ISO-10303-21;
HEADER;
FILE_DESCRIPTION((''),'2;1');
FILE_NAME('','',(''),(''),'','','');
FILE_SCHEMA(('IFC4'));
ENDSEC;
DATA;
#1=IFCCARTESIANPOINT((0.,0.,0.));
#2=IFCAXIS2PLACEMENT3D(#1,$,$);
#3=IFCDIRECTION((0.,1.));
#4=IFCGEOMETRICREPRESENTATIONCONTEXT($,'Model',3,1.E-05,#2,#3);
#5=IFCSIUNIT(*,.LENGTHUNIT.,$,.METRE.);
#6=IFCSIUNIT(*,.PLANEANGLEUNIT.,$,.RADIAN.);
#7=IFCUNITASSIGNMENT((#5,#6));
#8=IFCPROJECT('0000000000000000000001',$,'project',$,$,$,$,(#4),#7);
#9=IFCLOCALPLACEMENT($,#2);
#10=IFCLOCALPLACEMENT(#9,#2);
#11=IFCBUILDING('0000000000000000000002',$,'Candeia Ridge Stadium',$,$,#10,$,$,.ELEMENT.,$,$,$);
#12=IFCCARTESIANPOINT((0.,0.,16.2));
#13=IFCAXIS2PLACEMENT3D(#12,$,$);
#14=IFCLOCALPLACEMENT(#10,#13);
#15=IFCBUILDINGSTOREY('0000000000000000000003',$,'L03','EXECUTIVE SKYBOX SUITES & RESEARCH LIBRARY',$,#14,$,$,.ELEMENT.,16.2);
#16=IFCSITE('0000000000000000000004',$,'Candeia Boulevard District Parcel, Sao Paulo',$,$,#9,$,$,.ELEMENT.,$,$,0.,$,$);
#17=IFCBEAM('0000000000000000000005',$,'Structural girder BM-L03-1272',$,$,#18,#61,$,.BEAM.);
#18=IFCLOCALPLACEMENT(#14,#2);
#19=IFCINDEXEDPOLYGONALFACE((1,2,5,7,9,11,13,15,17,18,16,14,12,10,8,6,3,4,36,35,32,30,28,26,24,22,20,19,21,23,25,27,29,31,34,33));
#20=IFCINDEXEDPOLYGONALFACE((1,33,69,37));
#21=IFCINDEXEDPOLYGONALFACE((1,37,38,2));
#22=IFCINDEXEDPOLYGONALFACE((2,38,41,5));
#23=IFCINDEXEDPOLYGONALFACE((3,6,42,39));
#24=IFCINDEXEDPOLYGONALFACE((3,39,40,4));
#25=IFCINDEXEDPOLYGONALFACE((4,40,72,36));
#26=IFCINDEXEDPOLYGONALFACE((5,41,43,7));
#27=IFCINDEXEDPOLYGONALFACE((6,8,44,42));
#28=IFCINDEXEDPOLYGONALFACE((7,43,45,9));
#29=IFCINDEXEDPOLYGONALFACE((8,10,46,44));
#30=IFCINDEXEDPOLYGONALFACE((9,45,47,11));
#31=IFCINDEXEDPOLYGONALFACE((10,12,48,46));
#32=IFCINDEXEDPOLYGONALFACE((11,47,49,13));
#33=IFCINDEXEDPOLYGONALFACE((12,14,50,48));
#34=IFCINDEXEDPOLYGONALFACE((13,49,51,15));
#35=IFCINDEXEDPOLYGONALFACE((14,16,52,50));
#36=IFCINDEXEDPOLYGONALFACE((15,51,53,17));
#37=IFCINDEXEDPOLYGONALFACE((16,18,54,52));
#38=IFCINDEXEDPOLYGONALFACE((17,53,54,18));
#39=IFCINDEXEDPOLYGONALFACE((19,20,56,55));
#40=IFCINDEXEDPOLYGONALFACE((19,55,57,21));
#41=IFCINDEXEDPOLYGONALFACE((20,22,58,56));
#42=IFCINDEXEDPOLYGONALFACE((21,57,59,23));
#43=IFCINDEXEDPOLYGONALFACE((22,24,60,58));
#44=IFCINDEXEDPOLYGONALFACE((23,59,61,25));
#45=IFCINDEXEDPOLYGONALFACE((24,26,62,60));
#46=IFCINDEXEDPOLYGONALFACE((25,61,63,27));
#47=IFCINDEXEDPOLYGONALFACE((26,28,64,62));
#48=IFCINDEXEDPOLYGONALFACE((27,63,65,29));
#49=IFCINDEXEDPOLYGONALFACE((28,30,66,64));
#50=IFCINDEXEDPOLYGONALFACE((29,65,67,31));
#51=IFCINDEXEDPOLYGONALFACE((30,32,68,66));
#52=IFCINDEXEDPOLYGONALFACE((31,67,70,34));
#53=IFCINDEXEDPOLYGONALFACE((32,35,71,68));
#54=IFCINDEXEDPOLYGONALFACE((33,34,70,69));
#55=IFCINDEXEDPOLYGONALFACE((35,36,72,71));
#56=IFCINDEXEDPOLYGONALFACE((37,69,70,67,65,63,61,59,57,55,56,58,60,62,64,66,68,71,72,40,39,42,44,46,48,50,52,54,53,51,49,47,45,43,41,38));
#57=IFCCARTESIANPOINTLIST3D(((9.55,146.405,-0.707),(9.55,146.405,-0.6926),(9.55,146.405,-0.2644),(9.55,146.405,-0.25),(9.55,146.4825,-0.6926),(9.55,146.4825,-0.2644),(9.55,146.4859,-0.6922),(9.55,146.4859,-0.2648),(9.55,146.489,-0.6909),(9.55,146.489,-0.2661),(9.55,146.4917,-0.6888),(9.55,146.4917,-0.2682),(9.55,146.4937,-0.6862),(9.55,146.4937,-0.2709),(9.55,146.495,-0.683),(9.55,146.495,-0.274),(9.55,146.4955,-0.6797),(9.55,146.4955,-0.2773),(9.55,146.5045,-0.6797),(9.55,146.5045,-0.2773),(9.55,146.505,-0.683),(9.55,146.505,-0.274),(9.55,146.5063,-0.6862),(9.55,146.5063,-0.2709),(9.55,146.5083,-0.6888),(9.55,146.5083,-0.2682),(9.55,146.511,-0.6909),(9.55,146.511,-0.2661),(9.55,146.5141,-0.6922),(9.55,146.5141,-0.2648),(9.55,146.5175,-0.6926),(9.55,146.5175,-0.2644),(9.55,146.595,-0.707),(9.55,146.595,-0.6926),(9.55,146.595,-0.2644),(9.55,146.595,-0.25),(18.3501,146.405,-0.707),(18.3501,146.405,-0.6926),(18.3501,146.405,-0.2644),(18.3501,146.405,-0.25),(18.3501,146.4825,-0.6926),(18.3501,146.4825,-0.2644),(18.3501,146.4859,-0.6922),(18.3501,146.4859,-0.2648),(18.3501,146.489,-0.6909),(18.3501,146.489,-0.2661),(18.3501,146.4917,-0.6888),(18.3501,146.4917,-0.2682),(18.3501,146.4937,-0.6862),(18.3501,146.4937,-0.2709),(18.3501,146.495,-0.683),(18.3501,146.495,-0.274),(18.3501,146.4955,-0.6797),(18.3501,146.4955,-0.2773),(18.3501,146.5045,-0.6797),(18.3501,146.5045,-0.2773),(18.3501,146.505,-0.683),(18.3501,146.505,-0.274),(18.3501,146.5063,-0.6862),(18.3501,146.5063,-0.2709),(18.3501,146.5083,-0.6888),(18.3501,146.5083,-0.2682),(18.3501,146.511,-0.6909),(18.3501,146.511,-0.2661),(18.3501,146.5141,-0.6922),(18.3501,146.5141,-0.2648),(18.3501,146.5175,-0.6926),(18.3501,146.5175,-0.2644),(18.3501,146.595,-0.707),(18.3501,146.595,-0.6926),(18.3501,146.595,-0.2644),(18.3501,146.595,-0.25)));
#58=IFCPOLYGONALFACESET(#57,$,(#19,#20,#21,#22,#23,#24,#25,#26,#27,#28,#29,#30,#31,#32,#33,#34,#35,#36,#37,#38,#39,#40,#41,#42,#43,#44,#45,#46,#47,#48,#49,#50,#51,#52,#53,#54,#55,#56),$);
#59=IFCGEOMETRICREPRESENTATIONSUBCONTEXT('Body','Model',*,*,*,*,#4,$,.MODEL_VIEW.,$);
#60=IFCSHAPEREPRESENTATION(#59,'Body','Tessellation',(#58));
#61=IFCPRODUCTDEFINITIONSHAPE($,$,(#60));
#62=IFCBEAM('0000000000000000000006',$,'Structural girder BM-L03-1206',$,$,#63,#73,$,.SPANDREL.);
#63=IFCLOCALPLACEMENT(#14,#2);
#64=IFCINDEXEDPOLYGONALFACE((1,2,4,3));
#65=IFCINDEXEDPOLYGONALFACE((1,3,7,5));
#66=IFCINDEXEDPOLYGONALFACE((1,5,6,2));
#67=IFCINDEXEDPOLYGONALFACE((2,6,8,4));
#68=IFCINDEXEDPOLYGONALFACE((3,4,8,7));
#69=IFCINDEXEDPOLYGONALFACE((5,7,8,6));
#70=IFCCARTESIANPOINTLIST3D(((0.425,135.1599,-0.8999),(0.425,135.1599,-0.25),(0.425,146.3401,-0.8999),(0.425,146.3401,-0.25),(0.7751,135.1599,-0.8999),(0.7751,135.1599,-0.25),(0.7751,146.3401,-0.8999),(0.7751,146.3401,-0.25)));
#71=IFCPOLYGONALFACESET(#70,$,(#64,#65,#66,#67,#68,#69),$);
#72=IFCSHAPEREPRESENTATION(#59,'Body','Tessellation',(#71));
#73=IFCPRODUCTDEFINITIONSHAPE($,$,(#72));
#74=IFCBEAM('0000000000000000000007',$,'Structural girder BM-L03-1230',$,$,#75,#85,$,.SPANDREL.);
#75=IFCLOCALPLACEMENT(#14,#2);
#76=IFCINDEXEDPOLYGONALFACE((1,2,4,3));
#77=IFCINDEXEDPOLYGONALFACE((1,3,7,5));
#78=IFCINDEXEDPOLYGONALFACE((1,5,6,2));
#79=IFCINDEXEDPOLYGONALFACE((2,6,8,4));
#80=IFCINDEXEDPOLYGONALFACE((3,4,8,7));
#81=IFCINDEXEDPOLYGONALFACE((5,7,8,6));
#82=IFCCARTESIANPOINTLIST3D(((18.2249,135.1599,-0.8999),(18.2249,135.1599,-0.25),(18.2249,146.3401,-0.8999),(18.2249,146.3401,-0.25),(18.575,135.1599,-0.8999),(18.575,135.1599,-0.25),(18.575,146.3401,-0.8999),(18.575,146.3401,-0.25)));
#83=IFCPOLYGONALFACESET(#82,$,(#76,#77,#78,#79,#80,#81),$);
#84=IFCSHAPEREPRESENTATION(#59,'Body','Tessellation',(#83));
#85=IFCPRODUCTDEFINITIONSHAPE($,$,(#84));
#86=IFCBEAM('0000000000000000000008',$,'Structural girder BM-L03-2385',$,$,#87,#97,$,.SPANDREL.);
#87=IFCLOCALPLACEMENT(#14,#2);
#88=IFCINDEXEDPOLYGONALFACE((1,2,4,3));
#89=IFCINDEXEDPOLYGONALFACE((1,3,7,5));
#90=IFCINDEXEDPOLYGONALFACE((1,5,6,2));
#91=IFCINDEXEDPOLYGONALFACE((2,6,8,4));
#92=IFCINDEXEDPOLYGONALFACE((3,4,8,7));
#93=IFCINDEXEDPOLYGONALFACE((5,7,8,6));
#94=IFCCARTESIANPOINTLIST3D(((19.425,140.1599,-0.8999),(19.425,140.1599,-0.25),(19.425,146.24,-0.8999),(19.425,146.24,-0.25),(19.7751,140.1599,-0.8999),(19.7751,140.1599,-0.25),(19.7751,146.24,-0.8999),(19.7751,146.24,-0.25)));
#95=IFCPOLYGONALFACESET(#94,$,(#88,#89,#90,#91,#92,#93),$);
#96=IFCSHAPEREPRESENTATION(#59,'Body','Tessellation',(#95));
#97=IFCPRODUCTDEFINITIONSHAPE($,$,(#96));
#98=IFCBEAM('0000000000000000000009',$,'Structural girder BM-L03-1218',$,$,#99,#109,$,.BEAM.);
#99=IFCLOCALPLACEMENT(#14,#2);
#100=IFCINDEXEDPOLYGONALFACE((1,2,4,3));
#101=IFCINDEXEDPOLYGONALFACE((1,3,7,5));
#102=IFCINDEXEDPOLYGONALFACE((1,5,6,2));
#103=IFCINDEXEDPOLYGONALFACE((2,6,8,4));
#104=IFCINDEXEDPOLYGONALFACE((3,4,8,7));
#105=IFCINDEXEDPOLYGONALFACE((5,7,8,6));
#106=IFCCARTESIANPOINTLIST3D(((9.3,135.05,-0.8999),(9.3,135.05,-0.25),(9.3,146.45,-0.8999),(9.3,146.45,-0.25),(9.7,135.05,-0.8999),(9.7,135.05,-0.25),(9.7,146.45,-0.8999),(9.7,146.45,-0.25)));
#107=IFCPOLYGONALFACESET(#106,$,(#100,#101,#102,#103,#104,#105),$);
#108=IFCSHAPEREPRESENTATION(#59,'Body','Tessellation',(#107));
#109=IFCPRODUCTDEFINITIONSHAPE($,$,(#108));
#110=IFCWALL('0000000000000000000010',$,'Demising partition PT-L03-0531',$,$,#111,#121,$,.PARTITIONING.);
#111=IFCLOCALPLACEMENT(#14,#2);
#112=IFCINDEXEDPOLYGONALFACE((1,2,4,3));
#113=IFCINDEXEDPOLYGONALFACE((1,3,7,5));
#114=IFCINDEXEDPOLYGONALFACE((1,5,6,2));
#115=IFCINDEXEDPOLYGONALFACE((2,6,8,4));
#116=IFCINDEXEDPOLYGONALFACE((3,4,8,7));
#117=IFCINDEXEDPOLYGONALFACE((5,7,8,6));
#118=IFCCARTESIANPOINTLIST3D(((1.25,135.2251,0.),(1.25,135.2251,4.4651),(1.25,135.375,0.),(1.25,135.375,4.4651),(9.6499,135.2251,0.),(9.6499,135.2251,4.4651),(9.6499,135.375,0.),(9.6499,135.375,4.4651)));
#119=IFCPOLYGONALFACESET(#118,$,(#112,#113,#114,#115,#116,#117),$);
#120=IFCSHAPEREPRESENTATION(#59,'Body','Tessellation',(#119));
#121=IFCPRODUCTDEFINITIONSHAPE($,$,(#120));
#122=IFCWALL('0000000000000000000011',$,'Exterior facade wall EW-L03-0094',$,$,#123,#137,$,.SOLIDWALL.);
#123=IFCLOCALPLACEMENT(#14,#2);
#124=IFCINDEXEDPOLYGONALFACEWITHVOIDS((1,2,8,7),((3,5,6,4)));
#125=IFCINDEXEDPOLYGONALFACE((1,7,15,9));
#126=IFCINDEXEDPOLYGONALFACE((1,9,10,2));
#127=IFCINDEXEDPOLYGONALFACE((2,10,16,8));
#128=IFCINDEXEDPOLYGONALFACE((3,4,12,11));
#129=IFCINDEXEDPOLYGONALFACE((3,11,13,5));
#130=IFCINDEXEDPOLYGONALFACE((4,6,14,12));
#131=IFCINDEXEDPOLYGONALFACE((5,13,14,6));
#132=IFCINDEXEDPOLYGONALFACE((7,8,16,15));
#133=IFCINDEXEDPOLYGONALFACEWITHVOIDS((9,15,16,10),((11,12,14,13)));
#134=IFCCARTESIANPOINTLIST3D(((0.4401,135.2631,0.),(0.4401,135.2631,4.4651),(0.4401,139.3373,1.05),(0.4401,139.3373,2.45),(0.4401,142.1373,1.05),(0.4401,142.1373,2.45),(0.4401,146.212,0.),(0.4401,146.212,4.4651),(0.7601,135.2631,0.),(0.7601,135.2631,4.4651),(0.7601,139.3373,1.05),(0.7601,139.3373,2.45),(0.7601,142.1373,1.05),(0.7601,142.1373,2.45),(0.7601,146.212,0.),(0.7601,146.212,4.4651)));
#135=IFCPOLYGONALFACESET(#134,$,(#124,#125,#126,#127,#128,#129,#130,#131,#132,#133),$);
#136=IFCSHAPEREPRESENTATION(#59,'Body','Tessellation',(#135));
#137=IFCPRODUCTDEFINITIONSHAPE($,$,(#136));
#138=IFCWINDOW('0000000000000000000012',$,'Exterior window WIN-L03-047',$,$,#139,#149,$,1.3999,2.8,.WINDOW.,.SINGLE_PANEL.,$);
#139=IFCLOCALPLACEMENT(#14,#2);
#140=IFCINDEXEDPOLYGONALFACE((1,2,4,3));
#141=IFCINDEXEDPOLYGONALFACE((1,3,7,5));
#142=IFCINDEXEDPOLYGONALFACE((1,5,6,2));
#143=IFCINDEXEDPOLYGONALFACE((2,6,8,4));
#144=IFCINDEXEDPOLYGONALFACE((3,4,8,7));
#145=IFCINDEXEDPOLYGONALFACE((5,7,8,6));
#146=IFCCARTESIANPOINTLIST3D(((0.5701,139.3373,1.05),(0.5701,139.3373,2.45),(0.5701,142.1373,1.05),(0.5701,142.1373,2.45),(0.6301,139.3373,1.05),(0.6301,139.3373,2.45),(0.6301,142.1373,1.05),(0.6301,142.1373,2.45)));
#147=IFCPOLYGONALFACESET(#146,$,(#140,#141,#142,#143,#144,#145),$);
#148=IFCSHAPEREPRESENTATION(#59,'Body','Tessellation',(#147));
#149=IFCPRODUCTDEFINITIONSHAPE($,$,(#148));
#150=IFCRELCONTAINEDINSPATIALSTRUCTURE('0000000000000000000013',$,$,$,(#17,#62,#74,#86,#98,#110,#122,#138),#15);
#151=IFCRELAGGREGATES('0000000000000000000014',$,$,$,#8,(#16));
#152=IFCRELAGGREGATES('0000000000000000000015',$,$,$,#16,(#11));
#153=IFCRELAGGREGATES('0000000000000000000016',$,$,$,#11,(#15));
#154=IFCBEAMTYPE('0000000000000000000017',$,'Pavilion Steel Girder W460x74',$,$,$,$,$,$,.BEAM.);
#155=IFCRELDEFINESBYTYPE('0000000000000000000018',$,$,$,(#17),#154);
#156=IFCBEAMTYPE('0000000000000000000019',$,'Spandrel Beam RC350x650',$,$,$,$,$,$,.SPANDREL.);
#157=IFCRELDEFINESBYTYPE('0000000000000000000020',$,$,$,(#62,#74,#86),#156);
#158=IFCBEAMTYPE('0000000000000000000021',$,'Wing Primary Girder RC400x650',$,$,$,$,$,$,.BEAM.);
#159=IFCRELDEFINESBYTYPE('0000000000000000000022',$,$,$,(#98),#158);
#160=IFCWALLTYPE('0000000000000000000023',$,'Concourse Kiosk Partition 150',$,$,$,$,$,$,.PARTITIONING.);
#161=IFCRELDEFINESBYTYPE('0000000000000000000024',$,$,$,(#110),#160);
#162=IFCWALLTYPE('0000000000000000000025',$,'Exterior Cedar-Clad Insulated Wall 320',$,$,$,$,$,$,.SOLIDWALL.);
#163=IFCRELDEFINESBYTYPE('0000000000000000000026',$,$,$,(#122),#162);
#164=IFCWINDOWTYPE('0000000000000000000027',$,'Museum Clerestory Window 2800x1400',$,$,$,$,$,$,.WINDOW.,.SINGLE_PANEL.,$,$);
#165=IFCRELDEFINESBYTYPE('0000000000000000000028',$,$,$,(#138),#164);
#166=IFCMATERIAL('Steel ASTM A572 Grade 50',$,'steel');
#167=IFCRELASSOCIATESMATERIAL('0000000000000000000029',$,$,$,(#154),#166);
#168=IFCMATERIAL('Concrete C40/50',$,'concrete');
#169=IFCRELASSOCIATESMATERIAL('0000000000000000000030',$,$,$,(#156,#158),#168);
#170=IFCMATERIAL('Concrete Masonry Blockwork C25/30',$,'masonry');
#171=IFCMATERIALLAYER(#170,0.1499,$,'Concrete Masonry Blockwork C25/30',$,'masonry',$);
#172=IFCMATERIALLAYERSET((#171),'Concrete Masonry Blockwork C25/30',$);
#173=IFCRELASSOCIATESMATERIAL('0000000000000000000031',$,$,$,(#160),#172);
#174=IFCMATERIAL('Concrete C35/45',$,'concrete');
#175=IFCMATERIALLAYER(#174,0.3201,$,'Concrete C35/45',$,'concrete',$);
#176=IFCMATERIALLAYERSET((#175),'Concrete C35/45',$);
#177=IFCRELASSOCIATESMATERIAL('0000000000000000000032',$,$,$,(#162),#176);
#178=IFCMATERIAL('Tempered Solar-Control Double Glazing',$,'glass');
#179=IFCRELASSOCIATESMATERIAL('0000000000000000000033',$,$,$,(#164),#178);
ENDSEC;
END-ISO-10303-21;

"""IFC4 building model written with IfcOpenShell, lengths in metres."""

from ifc_helpers import new_model, si_unit, direction, frame, frame_2d, origin, origin_2d, place, context, subcontext, project, spatial, rectangle, i_section, extrude, material, layer, layer_set, material_profile, profile_set, type_object, element, fill, save


model = new_model("IFC4")

# Units and contexts
model_context = context("Model", 3, precision=1e-05, world=origin(), true_north=direction((0.0, 1.0)))
body_context = subcontext(model_context, "Body", "Model", "MODEL_VIEW")
ifc_project = project(units=[si_unit("LENGTHUNIT", "METRE"), si_unit("PLANEANGLEUNIT", "RADIAN")], contexts=[model_context])

# Site, building, storey
site_placement = place(None, origin())
site = spatial("IfcSite", under=ifc_project, at=site_placement, Name="Candeia Boulevard District Parcel, Sao Paulo", CompositionType="ELEMENT", RefElevation=0.0)
building_placement = place(site_placement, origin())
building = spatial("IfcBuilding", under=site, at=building_placement, Name="Candeia Ridge Stadium", CompositionType="ELEMENT")
storey_placement = place(building_placement, frame((0.0, 0.0, 16.2)))
storey = spatial("IfcBuildingStorey", under=building, at=storey_placement, Name="L03", Description="EXECUTIVE SKYBOX SUITES & RESEARCH LIBRARY", CompositionType="ELEMENT", Elevation=16.2)

# Shared definitions
ifc_material_1 = material(Name="Concrete C40/50", Category="concrete")

# Beams
ifc_material_2 = material(Name="Steel ASTM A572 Grade 50", Category="steel")
ifc_material_profile_1 = material_profile(ifc_material_2, i_section(OverallWidth=0.1899, OverallDepth=0.457, WebThickness=0.009, FlangeThickness=0.0144, FilletRadius=0.0129, at=origin_2d()), Name="W460x74", Category="steel")
ifc_profile_set_1 = profile_set([ifc_material_profile_1], Name="Steel ASTM A572 Grade 50")
beam_type_1 = type_object("IfcBeamType", Name="Pavilion Steel Girder W460x74", PredefinedType="BEAM", material=ifc_profile_set_1)
for number, where, z_axis, x_axis, name in (
    (1, (9.55, 146.5, -0.4785), (1.0, 0.0, 0.0), (0.0, 1.0, 0.0), "Structural girder BM-L03-1272"),
):
    element("IfcBeam", number, at=place(storey_placement, frame(where, z_axis=z_axis, x_axis=x_axis)), inside=storey, type_object=beam_type_1, Name=name, PredefinedType="BEAM", context=body_context, shape_type="SweptSolid", body=[
        extrude(i_section(OverallWidth=0.1899, OverallDepth=0.457, WebThickness=0.009, FlangeThickness=0.0144, FilletRadius=0.0129, at=origin_2d()), origin(), (0.0, 0.0, 1.0), 8.8),
    ])
ifc_material_profile_2 = material_profile(ifc_material_1, rectangle(XDim=0.3501, YDim=0.6499, at=origin_2d()), Name="RC350x650", Category="concrete")
ifc_profile_set_2 = profile_set([ifc_material_profile_2], Name="Concrete C40/50")
beam_type_2 = type_object("IfcBeamType", Name="Spandrel Beam RC350x650", PredefinedType="SPANDREL", material=ifc_profile_set_2)
for number, where, z_axis, x_axis, name in (
    (2, (0.6001, 135.1599, -0.575), (0.0, 1.0, 0.0), (-1.0, 0.0, 0.0), "Structural girder BM-L03-1206"),
    (3, (18.3999, 135.1599, -0.575), (0.0, 1.0, 0.0), (-1.0, 0.0, 0.0), "Structural girder BM-L03-1230"),
):
    element("IfcBeam", number, at=place(storey_placement, frame(where, z_axis=z_axis, x_axis=x_axis)), inside=storey, type_object=beam_type_2, Name=name, PredefinedType="SPANDREL", context=body_context, shape_type="SweptSolid", body=[
        extrude(rectangle(XDim=0.3501, YDim=0.6499, at=origin_2d()), origin(), (0.0, 0.0, 1.0), 11.1802),
    ])
beam_1_placement = place(storey_placement, frame((19.6001, 140.1599, -0.575), z_axis=(0.0, 1.0, 0.0), x_axis=(-1.0, 0.0, 0.0)))
element("IfcBeam", 4, at=beam_1_placement, inside=storey, type_object=beam_type_2, Name="Structural girder BM-L03-2385", PredefinedType="SPANDREL", context=body_context, shape_type="SweptSolid", body=[
    extrude(rectangle(XDim=0.3501, YDim=0.6499, at=origin_2d()), origin(), (0.0, 0.0, 1.0), 6.0801),
])
ifc_material_profile_3 = material_profile(ifc_material_1, rectangle(XDim=0.3999, YDim=0.6499, at=origin_2d()), Name="RC400x650", Category="concrete")
ifc_profile_set_3 = profile_set([ifc_material_profile_3], Name="Concrete C40/50")
beam_type_3 = type_object("IfcBeamType", Name="Wing Primary Girder RC400x650", PredefinedType="BEAM", material=ifc_profile_set_3)
beam_2_placement = place(storey_placement, frame((9.5, 135.05, -0.575), z_axis=(0.0, 1.0, 0.0), x_axis=(-1.0, 0.0, 0.0)))
element("IfcBeam", 5, at=beam_2_placement, inside=storey, type_object=beam_type_3, Name="Structural girder BM-L03-1218", PredefinedType="BEAM", context=body_context, shape_type="SweptSolid", body=[
    extrude(rectangle(XDim=0.3999, YDim=0.6499, at=origin_2d()), origin(), (0.0, 0.0, 1.0), 11.3999),
])

# Wall
ifc_material_3 = material(Name="Concrete Masonry Blockwork C25/30", Category="masonry")
ifc_layer_1 = layer(ifc_material_3, 0.1499, Name="Concrete Masonry Blockwork C25/30", Category="masonry")
ifc_layer_set_1 = layer_set([ifc_layer_1], Name="Concrete Masonry Blockwork C25/30")
wall_type_1 = type_object("IfcWallType", Name="Concourse Kiosk Partition 150", PredefinedType="PARTITIONING", material=ifc_layer_set_1)
wall_1_placement = place(storey_placement, frame((1.25, 135.3, 0.0), z_axis=(0.0, 0.0, 1.0), x_axis=(1.0, 0.0, 0.0)))
element("IfcWall", 6, at=wall_1_placement, inside=storey, type_object=wall_type_1, Name="Demising partition PT-L03-0531", PredefinedType="PARTITIONING", context=body_context, shape_type="SweptSolid", body=[
    extrude(rectangle(XDim=8.3999, YDim=0.1499, at=frame_2d((4.2, 0.0))), origin(), (0.0, 0.0, 1.0), 4.4651),
])

# Wall, opening, window
ifc_material_4 = material(Name="Concrete C35/45", Category="concrete")
ifc_layer_2 = layer(ifc_material_4, 0.3201, Name="Concrete C35/45", Category="concrete")
ifc_layer_set_2 = layer_set([ifc_layer_2], Name="Concrete C35/45")
wall_type_2 = type_object("IfcWallType", Name="Exterior Cedar-Clad Insulated Wall 320", PredefinedType="SOLIDWALL", material=ifc_layer_set_2)
wall_2_placement = place(storey_placement, frame((0.6001, 135.2629, 0.0), z_axis=(0.0, 0.0, 1.0), x_axis=(0.0, 1.0, 0.0)))
wall_2 = element("IfcWall", 7, at=wall_2_placement, inside=storey, type_object=wall_type_2, Name="Exterior facade wall EW-L03-0094", PredefinedType="SOLIDWALL", context=body_context, shape_type="SweptSolid", body=[
    extrude(rectangle(XDim=10.949, YDim=0.3201, at=frame_2d((5.4746, 0.0))), origin(), (0.0, 0.0, 1.0), 4.4651),
])
opening_1_placement = place(wall_2_placement, frame((4.0745, 0.0, 1.05)))
opening_1 = element("IfcOpeningElement", 8, at=opening_1_placement, cuts=wall_2, PredefinedType="OPENING", context=body_context, shape_type="SweptSolid", body=[
    extrude(rectangle(XDim=2.8, YDim=1.3999, at=frame_2d((1.3999, 0.7))), frame((0.0, 0.1699, 0.0), z_axis=(0.0, -1.0, 0.0), x_axis=(1.0, 0.0, 0.0)), (0.0, 0.0, 1.0), 0.3401),
])
ifc_material_5 = material(Name="Tempered Solar-Control Double Glazing", Category="glass")
window_type_1 = type_object("IfcWindowType", Name="Museum Clerestory Window 2800x1400", PartitioningType="SINGLE_PANEL", PredefinedType="WINDOW", material=ifc_material_5)
window_1_placement = place(opening_1_placement, origin())
window_1 = element("IfcWindow", 9, at=window_1_placement, inside=storey, type_object=window_type_1, Name="Exterior window WIN-L03-047", OverallHeight=1.3999, OverallWidth=2.8, PartitioningType="SINGLE_PANEL", PredefinedType="WINDOW", context=body_context, shape_type="SweptSolid", body=[
    extrude(rectangle(XDim=2.8, YDim=1.3999, at=frame_2d((1.3999, 0.7))), frame((0.0, 0.03, 0.0), z_axis=(0.0, -1.0, 0.0), x_axis=(1.0, 0.0, 0.0)), (0.0, 0.0, 1.0), 0.0601),
])
fill(opening_1, window_1)

save(model, "model.ifc")
